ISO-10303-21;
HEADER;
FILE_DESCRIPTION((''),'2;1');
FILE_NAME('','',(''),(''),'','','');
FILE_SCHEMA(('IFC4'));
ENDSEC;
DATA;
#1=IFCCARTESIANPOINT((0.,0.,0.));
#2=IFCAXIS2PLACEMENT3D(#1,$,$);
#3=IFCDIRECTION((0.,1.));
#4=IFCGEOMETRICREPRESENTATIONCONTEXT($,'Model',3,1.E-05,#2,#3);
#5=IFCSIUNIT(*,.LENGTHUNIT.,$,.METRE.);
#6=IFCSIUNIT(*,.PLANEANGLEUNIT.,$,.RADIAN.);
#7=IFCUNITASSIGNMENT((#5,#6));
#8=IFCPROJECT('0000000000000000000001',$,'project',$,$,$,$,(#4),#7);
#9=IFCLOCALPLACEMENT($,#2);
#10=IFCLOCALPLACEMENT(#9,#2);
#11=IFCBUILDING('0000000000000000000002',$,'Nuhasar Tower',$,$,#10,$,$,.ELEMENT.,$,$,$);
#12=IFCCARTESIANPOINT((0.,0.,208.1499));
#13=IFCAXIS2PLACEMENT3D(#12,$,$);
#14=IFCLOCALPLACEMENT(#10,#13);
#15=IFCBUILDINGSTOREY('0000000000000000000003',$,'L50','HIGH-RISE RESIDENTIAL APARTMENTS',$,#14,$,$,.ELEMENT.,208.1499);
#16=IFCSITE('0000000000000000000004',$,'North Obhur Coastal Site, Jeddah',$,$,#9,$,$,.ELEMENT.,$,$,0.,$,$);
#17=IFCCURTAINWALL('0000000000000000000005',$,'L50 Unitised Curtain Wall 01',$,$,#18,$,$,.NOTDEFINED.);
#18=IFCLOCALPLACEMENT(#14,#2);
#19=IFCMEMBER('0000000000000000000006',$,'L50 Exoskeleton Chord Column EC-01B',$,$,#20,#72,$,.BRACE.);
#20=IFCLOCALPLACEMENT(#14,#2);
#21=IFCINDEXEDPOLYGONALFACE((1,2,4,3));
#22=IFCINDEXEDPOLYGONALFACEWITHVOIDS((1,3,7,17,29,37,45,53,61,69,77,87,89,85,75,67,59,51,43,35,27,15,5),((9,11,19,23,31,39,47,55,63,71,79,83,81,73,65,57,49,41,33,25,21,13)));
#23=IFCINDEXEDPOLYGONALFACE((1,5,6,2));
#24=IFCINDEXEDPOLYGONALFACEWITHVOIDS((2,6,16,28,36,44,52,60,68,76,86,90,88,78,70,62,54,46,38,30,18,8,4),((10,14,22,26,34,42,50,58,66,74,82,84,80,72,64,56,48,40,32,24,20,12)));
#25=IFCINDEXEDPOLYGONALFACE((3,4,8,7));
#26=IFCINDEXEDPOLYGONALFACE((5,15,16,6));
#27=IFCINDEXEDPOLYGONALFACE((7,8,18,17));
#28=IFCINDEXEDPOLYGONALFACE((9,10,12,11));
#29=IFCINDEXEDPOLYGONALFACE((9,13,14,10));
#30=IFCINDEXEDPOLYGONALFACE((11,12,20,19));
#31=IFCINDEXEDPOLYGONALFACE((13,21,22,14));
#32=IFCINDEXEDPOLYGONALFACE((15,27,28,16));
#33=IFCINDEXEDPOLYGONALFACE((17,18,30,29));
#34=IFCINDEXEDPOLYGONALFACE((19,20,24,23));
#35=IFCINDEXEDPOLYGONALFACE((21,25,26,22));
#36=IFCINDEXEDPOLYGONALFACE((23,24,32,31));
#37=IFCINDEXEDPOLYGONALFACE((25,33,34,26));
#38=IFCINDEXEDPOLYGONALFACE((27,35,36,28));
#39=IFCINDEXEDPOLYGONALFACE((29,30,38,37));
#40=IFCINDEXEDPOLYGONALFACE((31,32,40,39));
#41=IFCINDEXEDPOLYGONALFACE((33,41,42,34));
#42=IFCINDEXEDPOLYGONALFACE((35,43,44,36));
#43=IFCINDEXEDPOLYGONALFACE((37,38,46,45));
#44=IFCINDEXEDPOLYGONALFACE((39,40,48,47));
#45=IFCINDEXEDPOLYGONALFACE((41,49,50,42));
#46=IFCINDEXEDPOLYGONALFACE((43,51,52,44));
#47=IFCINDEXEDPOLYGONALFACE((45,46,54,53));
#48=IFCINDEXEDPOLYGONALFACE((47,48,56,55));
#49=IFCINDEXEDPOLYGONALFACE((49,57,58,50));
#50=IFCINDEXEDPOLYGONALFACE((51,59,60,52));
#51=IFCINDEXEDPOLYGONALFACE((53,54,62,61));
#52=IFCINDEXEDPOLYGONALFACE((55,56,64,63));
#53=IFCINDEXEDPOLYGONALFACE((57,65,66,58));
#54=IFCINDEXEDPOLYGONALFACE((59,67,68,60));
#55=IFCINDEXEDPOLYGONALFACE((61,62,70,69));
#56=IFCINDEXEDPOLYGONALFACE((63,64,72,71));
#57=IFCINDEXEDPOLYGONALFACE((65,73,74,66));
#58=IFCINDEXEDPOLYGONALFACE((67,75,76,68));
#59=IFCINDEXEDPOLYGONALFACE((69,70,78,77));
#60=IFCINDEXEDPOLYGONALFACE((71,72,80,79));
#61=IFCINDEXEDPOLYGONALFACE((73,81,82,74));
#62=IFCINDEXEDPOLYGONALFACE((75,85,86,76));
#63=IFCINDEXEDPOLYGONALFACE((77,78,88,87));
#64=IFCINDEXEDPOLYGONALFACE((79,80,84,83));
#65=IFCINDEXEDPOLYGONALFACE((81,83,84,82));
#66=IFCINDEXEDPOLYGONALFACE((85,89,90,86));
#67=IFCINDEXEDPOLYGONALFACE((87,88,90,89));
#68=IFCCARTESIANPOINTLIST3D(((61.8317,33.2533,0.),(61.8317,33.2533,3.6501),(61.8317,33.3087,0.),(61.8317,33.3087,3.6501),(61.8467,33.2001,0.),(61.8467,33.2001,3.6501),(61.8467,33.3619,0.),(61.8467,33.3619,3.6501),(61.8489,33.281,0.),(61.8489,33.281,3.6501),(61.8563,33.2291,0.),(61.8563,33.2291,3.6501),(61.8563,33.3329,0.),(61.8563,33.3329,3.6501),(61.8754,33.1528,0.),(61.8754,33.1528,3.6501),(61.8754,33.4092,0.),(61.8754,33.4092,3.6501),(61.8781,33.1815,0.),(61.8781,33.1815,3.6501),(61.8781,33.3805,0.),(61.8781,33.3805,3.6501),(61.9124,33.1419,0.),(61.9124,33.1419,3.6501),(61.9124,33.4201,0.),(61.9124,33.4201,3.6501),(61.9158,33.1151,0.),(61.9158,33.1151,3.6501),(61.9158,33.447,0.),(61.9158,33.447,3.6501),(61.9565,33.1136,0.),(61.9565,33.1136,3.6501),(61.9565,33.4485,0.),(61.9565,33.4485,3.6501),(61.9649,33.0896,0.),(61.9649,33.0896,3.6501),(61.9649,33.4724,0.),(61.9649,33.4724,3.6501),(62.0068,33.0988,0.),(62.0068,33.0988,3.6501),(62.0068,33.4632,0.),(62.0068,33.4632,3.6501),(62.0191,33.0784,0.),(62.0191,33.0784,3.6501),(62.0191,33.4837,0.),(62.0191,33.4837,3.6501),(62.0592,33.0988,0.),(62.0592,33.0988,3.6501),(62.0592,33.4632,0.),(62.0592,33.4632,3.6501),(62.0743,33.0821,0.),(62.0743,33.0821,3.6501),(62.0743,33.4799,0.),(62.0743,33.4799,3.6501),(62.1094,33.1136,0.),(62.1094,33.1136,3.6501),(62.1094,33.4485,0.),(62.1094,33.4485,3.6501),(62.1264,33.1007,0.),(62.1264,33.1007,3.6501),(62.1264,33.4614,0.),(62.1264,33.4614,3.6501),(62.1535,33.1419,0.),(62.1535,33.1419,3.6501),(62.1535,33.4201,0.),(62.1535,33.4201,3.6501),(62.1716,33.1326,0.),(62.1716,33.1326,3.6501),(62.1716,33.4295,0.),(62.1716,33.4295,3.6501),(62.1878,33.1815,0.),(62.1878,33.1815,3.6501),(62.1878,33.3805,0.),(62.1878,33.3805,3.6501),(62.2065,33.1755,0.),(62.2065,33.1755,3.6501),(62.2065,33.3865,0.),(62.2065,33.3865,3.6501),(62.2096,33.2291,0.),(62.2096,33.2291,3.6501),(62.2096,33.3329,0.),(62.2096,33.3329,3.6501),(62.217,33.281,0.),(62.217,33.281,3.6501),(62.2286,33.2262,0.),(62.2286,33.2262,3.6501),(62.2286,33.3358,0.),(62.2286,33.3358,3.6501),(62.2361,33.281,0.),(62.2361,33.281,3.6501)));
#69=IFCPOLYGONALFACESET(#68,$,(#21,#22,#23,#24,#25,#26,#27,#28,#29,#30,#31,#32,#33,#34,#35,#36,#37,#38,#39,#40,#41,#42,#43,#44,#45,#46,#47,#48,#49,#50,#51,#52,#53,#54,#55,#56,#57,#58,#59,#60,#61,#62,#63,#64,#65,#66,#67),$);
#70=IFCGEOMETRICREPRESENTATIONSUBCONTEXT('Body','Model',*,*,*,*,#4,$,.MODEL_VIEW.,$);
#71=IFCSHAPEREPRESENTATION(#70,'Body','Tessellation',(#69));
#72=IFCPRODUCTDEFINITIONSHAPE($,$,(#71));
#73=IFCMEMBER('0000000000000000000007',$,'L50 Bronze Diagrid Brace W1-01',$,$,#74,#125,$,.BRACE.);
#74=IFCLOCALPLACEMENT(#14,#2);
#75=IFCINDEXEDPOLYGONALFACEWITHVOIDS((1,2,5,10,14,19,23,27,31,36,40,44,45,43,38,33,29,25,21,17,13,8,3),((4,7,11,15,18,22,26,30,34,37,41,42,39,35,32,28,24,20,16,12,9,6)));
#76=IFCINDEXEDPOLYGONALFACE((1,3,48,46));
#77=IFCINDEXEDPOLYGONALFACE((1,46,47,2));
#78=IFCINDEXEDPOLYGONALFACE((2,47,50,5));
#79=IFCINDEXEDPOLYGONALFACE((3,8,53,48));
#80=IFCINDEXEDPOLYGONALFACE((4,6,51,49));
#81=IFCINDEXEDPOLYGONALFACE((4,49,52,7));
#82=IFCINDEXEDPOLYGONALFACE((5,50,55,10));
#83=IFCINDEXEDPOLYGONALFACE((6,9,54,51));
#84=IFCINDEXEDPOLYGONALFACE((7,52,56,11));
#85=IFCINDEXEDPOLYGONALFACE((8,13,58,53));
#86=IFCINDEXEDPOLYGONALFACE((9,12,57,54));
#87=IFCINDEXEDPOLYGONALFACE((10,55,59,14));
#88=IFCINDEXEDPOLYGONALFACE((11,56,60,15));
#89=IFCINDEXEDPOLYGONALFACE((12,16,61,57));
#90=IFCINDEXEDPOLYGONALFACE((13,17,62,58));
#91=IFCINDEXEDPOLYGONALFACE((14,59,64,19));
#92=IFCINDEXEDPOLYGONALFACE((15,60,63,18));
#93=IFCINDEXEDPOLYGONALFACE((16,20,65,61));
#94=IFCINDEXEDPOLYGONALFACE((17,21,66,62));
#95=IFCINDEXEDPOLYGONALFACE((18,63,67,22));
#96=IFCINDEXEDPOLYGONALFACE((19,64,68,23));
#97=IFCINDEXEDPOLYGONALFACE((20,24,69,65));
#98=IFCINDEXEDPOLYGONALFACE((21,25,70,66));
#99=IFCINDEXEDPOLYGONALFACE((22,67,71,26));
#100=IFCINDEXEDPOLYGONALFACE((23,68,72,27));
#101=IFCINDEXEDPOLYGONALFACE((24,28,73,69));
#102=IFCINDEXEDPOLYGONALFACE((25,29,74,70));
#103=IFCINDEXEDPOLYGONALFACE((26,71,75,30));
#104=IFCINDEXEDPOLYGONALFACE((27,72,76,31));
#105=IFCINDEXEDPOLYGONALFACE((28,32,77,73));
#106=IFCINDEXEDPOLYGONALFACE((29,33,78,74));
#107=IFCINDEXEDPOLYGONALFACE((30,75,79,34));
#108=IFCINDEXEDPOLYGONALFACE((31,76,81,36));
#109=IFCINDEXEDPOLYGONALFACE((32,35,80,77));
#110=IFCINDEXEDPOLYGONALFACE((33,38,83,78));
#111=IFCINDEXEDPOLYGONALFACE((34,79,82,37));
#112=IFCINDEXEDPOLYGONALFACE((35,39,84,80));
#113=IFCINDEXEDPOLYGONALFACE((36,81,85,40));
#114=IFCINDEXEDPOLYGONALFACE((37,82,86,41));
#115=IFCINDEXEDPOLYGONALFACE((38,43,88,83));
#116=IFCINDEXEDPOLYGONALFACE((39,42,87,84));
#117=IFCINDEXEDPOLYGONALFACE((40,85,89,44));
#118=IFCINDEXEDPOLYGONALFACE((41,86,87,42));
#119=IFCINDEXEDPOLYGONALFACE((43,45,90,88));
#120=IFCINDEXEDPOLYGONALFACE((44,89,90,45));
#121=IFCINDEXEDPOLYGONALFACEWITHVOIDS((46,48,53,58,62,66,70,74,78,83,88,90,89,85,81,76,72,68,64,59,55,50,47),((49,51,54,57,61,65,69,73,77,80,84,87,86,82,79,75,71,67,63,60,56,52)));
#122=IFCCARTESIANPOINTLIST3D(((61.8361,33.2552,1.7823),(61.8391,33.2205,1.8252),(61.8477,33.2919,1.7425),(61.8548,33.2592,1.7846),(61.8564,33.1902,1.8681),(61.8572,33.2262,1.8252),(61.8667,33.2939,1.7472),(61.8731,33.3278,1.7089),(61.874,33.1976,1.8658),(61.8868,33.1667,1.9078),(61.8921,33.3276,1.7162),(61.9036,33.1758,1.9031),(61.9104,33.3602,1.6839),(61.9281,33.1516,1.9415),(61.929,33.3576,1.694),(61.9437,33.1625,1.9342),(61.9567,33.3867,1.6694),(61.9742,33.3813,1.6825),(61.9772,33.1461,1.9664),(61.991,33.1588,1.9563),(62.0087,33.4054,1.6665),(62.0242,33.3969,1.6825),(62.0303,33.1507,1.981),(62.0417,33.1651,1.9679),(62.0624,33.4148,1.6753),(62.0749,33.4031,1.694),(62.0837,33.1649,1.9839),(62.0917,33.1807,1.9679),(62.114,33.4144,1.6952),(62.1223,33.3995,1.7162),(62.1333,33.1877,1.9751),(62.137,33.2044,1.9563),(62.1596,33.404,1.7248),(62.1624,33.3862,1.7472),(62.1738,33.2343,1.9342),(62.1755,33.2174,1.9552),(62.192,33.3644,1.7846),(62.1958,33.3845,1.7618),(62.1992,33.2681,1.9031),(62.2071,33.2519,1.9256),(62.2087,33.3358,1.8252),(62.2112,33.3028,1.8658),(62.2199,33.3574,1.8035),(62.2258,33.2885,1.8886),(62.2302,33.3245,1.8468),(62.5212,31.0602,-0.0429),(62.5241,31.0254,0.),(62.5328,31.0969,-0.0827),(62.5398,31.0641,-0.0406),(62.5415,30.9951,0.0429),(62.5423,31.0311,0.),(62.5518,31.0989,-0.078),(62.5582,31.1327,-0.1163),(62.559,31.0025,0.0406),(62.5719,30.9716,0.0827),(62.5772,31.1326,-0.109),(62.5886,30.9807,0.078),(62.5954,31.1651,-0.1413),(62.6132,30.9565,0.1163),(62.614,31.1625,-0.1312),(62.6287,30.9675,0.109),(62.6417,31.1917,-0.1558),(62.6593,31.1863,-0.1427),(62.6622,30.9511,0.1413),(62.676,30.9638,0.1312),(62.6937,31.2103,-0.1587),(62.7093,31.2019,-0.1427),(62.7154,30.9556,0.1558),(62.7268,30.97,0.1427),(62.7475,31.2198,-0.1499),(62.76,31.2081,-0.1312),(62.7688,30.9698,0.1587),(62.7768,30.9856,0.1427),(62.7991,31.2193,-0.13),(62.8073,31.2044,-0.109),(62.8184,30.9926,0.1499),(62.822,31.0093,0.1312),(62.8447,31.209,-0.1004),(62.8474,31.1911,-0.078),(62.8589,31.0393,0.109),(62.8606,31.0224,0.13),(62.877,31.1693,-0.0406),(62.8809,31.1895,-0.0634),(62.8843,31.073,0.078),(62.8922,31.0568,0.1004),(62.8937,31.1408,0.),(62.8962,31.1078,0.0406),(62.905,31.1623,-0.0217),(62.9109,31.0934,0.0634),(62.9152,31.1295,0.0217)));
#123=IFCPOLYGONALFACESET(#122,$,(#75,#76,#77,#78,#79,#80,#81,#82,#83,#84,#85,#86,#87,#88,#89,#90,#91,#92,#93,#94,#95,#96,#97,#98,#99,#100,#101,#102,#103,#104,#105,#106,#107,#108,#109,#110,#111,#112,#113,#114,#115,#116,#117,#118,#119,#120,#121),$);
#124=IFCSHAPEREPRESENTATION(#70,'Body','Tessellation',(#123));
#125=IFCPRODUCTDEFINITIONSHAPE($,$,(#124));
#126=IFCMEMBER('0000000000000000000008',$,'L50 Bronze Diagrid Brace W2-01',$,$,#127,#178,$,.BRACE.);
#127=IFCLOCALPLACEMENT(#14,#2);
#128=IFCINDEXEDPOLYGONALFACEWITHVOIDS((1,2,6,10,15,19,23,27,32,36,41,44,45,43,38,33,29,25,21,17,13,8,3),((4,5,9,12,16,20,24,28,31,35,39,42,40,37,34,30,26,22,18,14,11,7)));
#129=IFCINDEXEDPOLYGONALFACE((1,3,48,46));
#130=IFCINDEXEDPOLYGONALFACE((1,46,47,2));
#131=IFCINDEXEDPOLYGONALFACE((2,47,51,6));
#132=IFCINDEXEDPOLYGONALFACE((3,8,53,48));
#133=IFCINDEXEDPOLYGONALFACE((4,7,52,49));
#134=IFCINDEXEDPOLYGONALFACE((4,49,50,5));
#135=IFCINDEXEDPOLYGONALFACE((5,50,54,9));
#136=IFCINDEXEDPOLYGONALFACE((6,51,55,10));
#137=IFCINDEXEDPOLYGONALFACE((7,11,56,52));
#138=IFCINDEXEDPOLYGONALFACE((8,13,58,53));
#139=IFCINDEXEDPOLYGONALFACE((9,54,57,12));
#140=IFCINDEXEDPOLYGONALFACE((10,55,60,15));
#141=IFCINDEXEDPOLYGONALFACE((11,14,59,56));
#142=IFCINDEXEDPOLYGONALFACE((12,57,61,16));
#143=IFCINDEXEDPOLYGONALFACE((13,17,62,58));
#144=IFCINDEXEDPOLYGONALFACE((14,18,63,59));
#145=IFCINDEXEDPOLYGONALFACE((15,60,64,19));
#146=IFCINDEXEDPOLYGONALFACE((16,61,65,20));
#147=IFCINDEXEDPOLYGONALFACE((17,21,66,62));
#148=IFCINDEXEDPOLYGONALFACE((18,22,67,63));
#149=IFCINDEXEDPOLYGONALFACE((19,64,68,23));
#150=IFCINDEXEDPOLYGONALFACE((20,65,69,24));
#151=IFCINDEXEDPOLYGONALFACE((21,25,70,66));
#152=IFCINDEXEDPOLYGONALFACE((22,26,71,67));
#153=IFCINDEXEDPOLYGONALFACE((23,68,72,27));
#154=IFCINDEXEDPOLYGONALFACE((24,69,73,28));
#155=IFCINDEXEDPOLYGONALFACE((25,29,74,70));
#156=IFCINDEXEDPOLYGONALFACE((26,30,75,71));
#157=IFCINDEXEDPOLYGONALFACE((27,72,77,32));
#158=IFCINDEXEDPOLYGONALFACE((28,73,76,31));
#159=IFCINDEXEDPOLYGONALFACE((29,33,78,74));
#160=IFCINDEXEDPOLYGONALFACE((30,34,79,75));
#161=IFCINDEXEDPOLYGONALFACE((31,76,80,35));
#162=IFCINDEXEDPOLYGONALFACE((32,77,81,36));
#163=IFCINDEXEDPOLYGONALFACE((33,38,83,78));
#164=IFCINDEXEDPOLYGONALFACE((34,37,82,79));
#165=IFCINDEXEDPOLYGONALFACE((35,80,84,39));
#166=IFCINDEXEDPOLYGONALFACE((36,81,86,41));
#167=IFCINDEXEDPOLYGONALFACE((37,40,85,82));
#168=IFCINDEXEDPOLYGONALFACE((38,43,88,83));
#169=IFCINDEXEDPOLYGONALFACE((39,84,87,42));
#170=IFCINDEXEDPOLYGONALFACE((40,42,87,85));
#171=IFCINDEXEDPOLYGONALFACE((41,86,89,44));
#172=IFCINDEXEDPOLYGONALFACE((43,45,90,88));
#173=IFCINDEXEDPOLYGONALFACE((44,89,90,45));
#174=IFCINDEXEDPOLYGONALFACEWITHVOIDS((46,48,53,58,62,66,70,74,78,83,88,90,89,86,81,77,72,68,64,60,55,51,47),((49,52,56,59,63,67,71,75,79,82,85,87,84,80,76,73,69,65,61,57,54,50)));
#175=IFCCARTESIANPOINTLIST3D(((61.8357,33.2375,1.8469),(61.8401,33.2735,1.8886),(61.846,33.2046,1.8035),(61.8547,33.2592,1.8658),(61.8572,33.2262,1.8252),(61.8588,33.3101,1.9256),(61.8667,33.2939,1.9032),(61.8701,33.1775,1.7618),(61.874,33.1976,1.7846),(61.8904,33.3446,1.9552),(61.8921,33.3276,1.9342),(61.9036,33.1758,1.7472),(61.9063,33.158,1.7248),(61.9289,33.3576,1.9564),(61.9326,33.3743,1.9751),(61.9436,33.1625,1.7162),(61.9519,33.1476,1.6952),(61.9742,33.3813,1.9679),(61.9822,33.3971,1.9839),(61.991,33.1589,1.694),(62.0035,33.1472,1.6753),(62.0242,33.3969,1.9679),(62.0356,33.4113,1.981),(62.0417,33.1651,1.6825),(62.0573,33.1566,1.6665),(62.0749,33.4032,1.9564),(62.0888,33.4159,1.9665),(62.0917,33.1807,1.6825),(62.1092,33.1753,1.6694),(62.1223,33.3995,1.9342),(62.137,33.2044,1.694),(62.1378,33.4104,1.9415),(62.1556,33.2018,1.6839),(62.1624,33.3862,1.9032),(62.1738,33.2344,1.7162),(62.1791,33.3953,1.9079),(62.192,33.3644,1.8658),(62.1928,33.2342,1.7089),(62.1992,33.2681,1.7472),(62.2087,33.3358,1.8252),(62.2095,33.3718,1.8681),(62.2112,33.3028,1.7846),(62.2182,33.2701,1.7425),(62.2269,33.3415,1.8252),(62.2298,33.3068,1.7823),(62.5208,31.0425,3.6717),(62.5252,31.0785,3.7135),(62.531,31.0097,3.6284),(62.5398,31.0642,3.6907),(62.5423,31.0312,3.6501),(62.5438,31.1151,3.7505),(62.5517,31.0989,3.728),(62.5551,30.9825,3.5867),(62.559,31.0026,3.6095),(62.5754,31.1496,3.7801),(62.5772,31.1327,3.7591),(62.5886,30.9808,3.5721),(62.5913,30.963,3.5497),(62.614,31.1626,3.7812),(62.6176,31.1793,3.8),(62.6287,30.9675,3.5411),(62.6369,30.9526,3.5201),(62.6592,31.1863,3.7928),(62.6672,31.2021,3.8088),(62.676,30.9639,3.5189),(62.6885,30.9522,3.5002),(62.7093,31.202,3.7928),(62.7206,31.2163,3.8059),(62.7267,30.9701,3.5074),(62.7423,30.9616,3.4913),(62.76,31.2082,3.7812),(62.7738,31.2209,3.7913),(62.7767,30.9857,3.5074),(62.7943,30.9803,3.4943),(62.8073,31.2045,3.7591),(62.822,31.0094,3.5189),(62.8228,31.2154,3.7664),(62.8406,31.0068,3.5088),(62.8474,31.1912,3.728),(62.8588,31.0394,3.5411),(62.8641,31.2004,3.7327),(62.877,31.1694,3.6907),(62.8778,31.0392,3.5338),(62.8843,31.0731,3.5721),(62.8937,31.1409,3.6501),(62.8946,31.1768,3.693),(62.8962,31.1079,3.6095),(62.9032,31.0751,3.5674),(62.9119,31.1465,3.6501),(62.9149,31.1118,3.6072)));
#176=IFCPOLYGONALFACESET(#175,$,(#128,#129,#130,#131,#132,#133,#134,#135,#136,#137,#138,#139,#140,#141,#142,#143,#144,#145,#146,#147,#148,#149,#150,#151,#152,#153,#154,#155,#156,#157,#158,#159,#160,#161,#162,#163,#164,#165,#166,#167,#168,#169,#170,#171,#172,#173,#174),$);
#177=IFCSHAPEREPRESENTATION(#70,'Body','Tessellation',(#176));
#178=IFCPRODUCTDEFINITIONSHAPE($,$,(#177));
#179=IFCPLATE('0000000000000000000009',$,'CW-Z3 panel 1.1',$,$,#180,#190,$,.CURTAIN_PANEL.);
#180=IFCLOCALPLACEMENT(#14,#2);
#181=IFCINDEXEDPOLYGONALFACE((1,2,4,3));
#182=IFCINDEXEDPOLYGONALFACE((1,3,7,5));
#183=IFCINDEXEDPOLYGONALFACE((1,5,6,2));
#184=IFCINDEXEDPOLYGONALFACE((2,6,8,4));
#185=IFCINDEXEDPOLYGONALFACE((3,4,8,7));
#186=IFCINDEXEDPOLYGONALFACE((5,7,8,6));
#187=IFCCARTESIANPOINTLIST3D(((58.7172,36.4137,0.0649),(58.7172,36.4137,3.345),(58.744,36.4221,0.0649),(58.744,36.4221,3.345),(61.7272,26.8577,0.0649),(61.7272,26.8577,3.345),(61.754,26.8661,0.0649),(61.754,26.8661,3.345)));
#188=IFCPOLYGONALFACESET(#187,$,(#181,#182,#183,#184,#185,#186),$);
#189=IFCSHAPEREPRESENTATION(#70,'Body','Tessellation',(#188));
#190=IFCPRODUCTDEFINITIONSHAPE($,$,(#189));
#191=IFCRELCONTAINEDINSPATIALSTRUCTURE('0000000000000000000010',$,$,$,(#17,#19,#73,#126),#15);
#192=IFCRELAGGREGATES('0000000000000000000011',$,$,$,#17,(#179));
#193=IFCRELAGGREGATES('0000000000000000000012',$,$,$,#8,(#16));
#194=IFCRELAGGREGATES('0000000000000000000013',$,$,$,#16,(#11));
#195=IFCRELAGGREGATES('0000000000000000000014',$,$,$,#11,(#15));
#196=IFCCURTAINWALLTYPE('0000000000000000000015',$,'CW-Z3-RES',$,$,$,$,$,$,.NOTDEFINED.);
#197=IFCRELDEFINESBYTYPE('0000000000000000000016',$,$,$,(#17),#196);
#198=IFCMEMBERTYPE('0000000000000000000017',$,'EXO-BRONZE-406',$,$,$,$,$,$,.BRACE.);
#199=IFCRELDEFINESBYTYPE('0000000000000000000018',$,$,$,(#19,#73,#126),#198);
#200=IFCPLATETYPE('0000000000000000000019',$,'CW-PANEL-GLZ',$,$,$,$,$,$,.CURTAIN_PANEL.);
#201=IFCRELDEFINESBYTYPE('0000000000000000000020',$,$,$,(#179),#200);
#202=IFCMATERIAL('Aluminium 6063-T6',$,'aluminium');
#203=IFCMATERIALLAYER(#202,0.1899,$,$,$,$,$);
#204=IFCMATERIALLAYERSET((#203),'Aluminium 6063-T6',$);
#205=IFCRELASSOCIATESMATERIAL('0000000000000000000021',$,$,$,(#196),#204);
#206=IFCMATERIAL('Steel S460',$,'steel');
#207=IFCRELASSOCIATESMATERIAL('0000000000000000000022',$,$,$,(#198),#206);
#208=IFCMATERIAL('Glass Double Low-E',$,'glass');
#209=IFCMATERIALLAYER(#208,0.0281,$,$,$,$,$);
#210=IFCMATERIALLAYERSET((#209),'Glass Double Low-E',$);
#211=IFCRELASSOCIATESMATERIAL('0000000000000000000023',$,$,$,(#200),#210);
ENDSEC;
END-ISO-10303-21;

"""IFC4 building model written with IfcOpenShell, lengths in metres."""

from ifc_helpers import new_model, si_unit, direction, frame, origin, origin_2d, place, context, subcontext, project, spatial, rectangle, hollow_circle, extrude, material, layer, layer_set, material_profile, profile_set, type_object, element, aggregate, save


model = new_model("IFC4")

# Units and contexts
model_context = context("Model", 3, precision=1e-05, world=origin(), true_north=direction((0.0, 1.0)))
body_context = subcontext(model_context, "Body", "Model", "MODEL_VIEW")
ifc_project = project(units=[si_unit("LENGTHUNIT", "METRE"), si_unit("PLANEANGLEUNIT", "RADIAN")], contexts=[model_context])

# Site, building, storey
site_placement = place(None, origin())
site = spatial("IfcSite", under=ifc_project, at=site_placement, Name="North Obhur Coastal Site, Jeddah", CompositionType="ELEMENT", RefElevation=0.0)
building_placement = place(site_placement, origin())
building = spatial("IfcBuilding", under=site, at=building_placement, Name="Nuhasar Tower", CompositionType="ELEMENT")
storey_placement = place(building_placement, frame((0.0, 0.0, 208.1499)))
storey = spatial("IfcBuildingStorey", under=building, at=storey_placement, Name="L50", Description="HIGH-RISE RESIDENTIAL APARTMENTS", CompositionType="ELEMENT", Elevation=208.1499)

# Curtain wall
ifc_material_1 = material(Name="Aluminium 6063-T6", Category="aluminium")
ifc_layer_1 = layer(ifc_material_1, 0.1899)
ifc_layer_set_1 = layer_set([ifc_layer_1], Name="Aluminium 6063-T6")
curtain_wall_type = type_object("IfcCurtainWallType", Name="CW-Z3-RES", PredefinedType="NOTDEFINED", material=ifc_layer_set_1)
curtain_wall_1_placement = place(storey_placement, origin())
curtain_wall_1 = element("IfcCurtainWall", 1, at=curtain_wall_1_placement, inside=storey, type_object=curtain_wall_type, Name="L50 Unitised Curtain Wall 01", PredefinedType="NOTDEFINED")

# Members
ifc_material_2 = material(Name="Steel S460", Category="steel")
ifc_material_profile_1 = material_profile(ifc_material_2, hollow_circle(Radius=0.2031, WallThickness=0.019, at=origin_2d()), Name="HSS406.4X19.1")
ifc_profile_set_1 = profile_set([ifc_material_profile_1], Name="Steel S460")
member_type_1 = type_object("IfcMemberType", Name="EXO-BRONZE-406", PredefinedType="BRACE", material=ifc_profile_set_1)
for number, where, z_axis, x_axis, name in (
    (2, (62.033, 33.281, 0.0), (0.0, 0.0, 1.0), (1.0, 0.0, 0.0), "L50 Exoskeleton Chord Column EC-01B"),
):
    element("IfcMember", number, at=place(storey_placement, frame(where, z_axis=z_axis, x_axis=x_axis)), inside=storey, type_object=member_type_1, Name=name, PredefinedType="BRACE", context=body_context, shape_type="SweptSolid", body=[
        extrude(hollow_circle(Radius=0.2031, WallThickness=0.019, at=origin_2d()), origin(), (0.0, 0.0, 1.0), 3.6501),
    ])
member_1_placement = place(storey_placement, frame((62.718, 31.0859, 0.0), z_axis=(-0.233346, 0.747688, 0.621701), x_axis=(-0.954591, -0.297918, 0.0)))
element("IfcMember", 3, at=member_1_placement, inside=storey, type_object=member_type_1, Name="L50 Bronze Diagrid Brace W1-01", PredefinedType="BRACE", context=body_context, shape_type="SweptSolid", body=[
    extrude(hollow_circle(Radius=0.2031, WallThickness=0.019, at=origin_2d()), origin(), (0.0, 0.0, 1.0), 2.9358),
])
member_2_placement = place(storey_placement, frame((62.033, 33.281, 1.8252), z_axis=(0.233358, -0.747727, 0.62165), x_axis=(0.954591, 0.297918, 0.0)))
element("IfcMember", 4, at=member_2_placement, inside=storey, type_object=member_type_1, Name="L50 Bronze Diagrid Brace W2-01", PredefinedType="BRACE", context=body_context, shape_type="SweptSolid", body=[
    extrude(hollow_circle(Radius=0.2031, WallThickness=0.019, at=origin_2d()), origin(), (0.0, 0.0, 1.0), 2.9355),
])

# Plate
ifc_material_3 = material(Name="Glass Double Low-E", Category="glass")
ifc_layer_2 = layer(ifc_material_3, 0.0281)
ifc_layer_set_2 = layer_set([ifc_layer_2], Name="Glass Double Low-E")
plate_type = type_object("IfcPlateType", Name="CW-PANEL-GLZ", PredefinedType="CURTAIN_PANEL", material=ifc_layer_set_2)
plate_placement = place(storey_placement, frame((60.2356, 31.6399, 0.0649), z_axis=(0.0, 0.0, 1.0), x_axis=(-0.300429, 0.953804, 0.0)))
plate = element("IfcPlate", 5, at=plate_placement, type_object=plate_type, Name="CW-Z3 panel 1.1", PredefinedType="CURTAIN_PANEL", context=body_context, shape_type="SweptSolid", body=[
    extrude(rectangle(XDim=10.0188, YDim=0.0281, at=origin_2d()), origin(), (0.0, 0.0, 1.0), 3.28),
])
aggregate(curtain_wall_1, [plate])

save(model, "model.ifc")
